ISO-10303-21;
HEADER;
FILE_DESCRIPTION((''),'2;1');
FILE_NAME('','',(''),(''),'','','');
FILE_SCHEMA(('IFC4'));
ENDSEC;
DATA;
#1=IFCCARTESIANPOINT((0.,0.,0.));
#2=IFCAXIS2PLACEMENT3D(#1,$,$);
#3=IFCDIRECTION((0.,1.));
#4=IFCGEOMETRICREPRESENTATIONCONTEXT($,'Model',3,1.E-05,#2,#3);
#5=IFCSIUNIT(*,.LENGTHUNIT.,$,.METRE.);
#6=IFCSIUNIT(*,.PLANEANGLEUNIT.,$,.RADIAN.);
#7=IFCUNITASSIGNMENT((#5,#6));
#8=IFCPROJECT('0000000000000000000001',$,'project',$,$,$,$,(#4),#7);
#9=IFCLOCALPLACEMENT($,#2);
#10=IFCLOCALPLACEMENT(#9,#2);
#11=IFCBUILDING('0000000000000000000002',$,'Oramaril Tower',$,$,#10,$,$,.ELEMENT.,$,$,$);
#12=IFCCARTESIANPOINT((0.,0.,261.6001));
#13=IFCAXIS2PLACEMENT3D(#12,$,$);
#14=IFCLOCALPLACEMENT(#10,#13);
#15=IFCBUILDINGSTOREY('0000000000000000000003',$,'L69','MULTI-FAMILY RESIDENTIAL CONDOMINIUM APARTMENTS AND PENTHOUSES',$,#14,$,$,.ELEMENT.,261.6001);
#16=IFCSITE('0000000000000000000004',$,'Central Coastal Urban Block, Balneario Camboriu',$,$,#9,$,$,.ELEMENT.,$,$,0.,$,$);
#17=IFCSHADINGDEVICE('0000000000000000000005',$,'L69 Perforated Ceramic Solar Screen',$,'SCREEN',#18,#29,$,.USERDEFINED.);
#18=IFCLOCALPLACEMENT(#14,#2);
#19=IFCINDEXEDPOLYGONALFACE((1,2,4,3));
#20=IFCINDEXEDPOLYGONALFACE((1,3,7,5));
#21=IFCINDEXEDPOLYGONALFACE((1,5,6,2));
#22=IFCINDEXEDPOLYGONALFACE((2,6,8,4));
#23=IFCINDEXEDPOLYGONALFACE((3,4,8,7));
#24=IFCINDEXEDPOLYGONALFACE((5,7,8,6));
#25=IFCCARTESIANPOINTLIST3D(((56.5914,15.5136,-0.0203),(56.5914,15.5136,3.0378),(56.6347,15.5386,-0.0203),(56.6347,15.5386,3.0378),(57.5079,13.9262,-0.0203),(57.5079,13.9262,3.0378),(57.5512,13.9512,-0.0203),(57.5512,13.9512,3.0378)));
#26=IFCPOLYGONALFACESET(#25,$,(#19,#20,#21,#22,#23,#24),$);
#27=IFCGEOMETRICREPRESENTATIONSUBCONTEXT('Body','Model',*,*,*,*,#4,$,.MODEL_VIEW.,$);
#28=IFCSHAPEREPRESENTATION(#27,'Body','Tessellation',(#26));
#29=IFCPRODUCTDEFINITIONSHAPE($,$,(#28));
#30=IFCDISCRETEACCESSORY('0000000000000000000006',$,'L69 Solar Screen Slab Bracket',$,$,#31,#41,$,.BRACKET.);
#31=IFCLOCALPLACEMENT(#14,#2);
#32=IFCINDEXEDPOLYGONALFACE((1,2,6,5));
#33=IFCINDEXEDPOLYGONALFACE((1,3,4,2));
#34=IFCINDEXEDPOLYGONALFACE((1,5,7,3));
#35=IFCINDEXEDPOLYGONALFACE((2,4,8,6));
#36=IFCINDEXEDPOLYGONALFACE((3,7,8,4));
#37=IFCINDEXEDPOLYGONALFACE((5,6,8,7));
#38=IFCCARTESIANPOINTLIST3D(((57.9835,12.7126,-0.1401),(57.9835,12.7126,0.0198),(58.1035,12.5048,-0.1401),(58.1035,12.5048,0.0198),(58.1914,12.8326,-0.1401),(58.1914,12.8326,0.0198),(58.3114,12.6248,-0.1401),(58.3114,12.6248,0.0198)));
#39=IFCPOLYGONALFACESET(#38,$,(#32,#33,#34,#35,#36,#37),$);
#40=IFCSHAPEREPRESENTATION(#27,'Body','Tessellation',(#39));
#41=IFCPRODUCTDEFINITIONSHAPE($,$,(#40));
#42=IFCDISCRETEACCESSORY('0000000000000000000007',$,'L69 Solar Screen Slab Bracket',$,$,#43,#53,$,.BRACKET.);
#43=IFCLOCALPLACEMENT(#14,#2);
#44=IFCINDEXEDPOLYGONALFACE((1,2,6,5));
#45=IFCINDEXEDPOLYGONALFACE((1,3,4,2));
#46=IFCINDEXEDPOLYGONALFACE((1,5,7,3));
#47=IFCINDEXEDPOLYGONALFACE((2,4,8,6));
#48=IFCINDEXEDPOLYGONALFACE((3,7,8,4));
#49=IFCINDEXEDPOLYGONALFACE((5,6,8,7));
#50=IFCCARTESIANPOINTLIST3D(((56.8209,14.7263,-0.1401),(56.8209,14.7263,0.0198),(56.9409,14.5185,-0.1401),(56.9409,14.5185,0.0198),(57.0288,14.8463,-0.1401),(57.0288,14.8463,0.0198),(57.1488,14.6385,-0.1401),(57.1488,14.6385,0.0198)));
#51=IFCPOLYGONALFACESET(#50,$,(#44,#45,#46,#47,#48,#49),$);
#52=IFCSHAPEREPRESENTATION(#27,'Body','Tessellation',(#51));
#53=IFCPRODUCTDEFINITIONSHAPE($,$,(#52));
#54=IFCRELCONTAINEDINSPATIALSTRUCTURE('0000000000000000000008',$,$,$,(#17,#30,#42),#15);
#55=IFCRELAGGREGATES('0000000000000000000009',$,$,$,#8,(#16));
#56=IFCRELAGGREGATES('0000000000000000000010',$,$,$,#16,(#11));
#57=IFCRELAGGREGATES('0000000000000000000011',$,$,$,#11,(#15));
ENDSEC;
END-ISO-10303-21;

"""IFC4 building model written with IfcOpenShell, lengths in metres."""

from ifc_helpers import new_model, si_unit, direction, frame, origin, origin_2d, place, context, subcontext, project, spatial, rectangle, extrude, element, save


model = new_model("IFC4")

# Units and contexts
model_context = context("Model", 3, precision=1e-05, world=origin(), true_north=direction((0.0, 1.0)))
body_context = subcontext(model_context, "Body", "Model", "MODEL_VIEW")
ifc_project = project(units=[si_unit("LENGTHUNIT", "METRE"), si_unit("PLANEANGLEUNIT", "RADIAN")], contexts=[model_context])

# Site, building, storey
site_placement = place(None, origin())
site = spatial("IfcSite", under=ifc_project, at=site_placement, Name="Central Coastal Urban Block, Balneario Camboriu", CompositionType="ELEMENT", RefElevation=0.0)
building_placement = place(site_placement, origin())
building = spatial("IfcBuilding", under=site, at=building_placement, Name="Oramaril Tower", CompositionType="ELEMENT")
storey_placement = place(building_placement, frame((0.0, 0.0, 261.6001)))
storey = spatial("IfcBuildingStorey", under=building, at=storey_placement, Name="L69", Description="MULTI-FAMILY RESIDENTIAL CONDOMINIUM APARTMENTS AND PENTHOUSES", CompositionType="ELEMENT", Elevation=261.6001)

# Shading device
for number, where, z_axis, x_axis, name in (
    (1, (57.0713, 14.7324, -0.0203), (0.0, 0.0, 1.0), (-0.5, 0.866025, 0.0), "L69 Perforated Ceramic Solar Screen"),
):
    element("IfcShadingDevice", number, at=place(storey_placement, frame(where, z_axis=z_axis, x_axis=x_axis)), inside=storey, Name=name, ObjectType="SCREEN", PredefinedType="USERDEFINED", context=body_context, shape_type="SweptSolid", body=[
        extrude(rectangle(XDim=1.833, YDim=0.05, at=origin_2d()), origin(), (0.0, 0.0, 1.0), 3.0581),
    ])

# Discrete accessories
for number, where, z_axis, x_axis, name in (
    (2, (58.1475, 12.6687, -0.1401), (0.0, 0.0, 1.0), (-0.5, 0.866025, 0.0), "L69 Solar Screen Slab Bracket"),
    (3, (56.9849, 14.6824, -0.1401), (0.0, 0.0, 1.0), (-0.5, 0.866025, 0.0), "L69 Solar Screen Slab Bracket"),
):
    element("IfcDiscreteAccessory", number, at=place(storey_placement, frame(where, z_axis=z_axis, x_axis=x_axis)), inside=storey, Name=name, PredefinedType="BRACKET", context=body_context, shape_type="SweptSolid", body=[
        extrude(rectangle(XDim=0.24, YDim=0.24, at=origin_2d()), origin(), (0.0, 0.0, 1.0), 0.1599),
    ])

save(model, "model.ifc")
